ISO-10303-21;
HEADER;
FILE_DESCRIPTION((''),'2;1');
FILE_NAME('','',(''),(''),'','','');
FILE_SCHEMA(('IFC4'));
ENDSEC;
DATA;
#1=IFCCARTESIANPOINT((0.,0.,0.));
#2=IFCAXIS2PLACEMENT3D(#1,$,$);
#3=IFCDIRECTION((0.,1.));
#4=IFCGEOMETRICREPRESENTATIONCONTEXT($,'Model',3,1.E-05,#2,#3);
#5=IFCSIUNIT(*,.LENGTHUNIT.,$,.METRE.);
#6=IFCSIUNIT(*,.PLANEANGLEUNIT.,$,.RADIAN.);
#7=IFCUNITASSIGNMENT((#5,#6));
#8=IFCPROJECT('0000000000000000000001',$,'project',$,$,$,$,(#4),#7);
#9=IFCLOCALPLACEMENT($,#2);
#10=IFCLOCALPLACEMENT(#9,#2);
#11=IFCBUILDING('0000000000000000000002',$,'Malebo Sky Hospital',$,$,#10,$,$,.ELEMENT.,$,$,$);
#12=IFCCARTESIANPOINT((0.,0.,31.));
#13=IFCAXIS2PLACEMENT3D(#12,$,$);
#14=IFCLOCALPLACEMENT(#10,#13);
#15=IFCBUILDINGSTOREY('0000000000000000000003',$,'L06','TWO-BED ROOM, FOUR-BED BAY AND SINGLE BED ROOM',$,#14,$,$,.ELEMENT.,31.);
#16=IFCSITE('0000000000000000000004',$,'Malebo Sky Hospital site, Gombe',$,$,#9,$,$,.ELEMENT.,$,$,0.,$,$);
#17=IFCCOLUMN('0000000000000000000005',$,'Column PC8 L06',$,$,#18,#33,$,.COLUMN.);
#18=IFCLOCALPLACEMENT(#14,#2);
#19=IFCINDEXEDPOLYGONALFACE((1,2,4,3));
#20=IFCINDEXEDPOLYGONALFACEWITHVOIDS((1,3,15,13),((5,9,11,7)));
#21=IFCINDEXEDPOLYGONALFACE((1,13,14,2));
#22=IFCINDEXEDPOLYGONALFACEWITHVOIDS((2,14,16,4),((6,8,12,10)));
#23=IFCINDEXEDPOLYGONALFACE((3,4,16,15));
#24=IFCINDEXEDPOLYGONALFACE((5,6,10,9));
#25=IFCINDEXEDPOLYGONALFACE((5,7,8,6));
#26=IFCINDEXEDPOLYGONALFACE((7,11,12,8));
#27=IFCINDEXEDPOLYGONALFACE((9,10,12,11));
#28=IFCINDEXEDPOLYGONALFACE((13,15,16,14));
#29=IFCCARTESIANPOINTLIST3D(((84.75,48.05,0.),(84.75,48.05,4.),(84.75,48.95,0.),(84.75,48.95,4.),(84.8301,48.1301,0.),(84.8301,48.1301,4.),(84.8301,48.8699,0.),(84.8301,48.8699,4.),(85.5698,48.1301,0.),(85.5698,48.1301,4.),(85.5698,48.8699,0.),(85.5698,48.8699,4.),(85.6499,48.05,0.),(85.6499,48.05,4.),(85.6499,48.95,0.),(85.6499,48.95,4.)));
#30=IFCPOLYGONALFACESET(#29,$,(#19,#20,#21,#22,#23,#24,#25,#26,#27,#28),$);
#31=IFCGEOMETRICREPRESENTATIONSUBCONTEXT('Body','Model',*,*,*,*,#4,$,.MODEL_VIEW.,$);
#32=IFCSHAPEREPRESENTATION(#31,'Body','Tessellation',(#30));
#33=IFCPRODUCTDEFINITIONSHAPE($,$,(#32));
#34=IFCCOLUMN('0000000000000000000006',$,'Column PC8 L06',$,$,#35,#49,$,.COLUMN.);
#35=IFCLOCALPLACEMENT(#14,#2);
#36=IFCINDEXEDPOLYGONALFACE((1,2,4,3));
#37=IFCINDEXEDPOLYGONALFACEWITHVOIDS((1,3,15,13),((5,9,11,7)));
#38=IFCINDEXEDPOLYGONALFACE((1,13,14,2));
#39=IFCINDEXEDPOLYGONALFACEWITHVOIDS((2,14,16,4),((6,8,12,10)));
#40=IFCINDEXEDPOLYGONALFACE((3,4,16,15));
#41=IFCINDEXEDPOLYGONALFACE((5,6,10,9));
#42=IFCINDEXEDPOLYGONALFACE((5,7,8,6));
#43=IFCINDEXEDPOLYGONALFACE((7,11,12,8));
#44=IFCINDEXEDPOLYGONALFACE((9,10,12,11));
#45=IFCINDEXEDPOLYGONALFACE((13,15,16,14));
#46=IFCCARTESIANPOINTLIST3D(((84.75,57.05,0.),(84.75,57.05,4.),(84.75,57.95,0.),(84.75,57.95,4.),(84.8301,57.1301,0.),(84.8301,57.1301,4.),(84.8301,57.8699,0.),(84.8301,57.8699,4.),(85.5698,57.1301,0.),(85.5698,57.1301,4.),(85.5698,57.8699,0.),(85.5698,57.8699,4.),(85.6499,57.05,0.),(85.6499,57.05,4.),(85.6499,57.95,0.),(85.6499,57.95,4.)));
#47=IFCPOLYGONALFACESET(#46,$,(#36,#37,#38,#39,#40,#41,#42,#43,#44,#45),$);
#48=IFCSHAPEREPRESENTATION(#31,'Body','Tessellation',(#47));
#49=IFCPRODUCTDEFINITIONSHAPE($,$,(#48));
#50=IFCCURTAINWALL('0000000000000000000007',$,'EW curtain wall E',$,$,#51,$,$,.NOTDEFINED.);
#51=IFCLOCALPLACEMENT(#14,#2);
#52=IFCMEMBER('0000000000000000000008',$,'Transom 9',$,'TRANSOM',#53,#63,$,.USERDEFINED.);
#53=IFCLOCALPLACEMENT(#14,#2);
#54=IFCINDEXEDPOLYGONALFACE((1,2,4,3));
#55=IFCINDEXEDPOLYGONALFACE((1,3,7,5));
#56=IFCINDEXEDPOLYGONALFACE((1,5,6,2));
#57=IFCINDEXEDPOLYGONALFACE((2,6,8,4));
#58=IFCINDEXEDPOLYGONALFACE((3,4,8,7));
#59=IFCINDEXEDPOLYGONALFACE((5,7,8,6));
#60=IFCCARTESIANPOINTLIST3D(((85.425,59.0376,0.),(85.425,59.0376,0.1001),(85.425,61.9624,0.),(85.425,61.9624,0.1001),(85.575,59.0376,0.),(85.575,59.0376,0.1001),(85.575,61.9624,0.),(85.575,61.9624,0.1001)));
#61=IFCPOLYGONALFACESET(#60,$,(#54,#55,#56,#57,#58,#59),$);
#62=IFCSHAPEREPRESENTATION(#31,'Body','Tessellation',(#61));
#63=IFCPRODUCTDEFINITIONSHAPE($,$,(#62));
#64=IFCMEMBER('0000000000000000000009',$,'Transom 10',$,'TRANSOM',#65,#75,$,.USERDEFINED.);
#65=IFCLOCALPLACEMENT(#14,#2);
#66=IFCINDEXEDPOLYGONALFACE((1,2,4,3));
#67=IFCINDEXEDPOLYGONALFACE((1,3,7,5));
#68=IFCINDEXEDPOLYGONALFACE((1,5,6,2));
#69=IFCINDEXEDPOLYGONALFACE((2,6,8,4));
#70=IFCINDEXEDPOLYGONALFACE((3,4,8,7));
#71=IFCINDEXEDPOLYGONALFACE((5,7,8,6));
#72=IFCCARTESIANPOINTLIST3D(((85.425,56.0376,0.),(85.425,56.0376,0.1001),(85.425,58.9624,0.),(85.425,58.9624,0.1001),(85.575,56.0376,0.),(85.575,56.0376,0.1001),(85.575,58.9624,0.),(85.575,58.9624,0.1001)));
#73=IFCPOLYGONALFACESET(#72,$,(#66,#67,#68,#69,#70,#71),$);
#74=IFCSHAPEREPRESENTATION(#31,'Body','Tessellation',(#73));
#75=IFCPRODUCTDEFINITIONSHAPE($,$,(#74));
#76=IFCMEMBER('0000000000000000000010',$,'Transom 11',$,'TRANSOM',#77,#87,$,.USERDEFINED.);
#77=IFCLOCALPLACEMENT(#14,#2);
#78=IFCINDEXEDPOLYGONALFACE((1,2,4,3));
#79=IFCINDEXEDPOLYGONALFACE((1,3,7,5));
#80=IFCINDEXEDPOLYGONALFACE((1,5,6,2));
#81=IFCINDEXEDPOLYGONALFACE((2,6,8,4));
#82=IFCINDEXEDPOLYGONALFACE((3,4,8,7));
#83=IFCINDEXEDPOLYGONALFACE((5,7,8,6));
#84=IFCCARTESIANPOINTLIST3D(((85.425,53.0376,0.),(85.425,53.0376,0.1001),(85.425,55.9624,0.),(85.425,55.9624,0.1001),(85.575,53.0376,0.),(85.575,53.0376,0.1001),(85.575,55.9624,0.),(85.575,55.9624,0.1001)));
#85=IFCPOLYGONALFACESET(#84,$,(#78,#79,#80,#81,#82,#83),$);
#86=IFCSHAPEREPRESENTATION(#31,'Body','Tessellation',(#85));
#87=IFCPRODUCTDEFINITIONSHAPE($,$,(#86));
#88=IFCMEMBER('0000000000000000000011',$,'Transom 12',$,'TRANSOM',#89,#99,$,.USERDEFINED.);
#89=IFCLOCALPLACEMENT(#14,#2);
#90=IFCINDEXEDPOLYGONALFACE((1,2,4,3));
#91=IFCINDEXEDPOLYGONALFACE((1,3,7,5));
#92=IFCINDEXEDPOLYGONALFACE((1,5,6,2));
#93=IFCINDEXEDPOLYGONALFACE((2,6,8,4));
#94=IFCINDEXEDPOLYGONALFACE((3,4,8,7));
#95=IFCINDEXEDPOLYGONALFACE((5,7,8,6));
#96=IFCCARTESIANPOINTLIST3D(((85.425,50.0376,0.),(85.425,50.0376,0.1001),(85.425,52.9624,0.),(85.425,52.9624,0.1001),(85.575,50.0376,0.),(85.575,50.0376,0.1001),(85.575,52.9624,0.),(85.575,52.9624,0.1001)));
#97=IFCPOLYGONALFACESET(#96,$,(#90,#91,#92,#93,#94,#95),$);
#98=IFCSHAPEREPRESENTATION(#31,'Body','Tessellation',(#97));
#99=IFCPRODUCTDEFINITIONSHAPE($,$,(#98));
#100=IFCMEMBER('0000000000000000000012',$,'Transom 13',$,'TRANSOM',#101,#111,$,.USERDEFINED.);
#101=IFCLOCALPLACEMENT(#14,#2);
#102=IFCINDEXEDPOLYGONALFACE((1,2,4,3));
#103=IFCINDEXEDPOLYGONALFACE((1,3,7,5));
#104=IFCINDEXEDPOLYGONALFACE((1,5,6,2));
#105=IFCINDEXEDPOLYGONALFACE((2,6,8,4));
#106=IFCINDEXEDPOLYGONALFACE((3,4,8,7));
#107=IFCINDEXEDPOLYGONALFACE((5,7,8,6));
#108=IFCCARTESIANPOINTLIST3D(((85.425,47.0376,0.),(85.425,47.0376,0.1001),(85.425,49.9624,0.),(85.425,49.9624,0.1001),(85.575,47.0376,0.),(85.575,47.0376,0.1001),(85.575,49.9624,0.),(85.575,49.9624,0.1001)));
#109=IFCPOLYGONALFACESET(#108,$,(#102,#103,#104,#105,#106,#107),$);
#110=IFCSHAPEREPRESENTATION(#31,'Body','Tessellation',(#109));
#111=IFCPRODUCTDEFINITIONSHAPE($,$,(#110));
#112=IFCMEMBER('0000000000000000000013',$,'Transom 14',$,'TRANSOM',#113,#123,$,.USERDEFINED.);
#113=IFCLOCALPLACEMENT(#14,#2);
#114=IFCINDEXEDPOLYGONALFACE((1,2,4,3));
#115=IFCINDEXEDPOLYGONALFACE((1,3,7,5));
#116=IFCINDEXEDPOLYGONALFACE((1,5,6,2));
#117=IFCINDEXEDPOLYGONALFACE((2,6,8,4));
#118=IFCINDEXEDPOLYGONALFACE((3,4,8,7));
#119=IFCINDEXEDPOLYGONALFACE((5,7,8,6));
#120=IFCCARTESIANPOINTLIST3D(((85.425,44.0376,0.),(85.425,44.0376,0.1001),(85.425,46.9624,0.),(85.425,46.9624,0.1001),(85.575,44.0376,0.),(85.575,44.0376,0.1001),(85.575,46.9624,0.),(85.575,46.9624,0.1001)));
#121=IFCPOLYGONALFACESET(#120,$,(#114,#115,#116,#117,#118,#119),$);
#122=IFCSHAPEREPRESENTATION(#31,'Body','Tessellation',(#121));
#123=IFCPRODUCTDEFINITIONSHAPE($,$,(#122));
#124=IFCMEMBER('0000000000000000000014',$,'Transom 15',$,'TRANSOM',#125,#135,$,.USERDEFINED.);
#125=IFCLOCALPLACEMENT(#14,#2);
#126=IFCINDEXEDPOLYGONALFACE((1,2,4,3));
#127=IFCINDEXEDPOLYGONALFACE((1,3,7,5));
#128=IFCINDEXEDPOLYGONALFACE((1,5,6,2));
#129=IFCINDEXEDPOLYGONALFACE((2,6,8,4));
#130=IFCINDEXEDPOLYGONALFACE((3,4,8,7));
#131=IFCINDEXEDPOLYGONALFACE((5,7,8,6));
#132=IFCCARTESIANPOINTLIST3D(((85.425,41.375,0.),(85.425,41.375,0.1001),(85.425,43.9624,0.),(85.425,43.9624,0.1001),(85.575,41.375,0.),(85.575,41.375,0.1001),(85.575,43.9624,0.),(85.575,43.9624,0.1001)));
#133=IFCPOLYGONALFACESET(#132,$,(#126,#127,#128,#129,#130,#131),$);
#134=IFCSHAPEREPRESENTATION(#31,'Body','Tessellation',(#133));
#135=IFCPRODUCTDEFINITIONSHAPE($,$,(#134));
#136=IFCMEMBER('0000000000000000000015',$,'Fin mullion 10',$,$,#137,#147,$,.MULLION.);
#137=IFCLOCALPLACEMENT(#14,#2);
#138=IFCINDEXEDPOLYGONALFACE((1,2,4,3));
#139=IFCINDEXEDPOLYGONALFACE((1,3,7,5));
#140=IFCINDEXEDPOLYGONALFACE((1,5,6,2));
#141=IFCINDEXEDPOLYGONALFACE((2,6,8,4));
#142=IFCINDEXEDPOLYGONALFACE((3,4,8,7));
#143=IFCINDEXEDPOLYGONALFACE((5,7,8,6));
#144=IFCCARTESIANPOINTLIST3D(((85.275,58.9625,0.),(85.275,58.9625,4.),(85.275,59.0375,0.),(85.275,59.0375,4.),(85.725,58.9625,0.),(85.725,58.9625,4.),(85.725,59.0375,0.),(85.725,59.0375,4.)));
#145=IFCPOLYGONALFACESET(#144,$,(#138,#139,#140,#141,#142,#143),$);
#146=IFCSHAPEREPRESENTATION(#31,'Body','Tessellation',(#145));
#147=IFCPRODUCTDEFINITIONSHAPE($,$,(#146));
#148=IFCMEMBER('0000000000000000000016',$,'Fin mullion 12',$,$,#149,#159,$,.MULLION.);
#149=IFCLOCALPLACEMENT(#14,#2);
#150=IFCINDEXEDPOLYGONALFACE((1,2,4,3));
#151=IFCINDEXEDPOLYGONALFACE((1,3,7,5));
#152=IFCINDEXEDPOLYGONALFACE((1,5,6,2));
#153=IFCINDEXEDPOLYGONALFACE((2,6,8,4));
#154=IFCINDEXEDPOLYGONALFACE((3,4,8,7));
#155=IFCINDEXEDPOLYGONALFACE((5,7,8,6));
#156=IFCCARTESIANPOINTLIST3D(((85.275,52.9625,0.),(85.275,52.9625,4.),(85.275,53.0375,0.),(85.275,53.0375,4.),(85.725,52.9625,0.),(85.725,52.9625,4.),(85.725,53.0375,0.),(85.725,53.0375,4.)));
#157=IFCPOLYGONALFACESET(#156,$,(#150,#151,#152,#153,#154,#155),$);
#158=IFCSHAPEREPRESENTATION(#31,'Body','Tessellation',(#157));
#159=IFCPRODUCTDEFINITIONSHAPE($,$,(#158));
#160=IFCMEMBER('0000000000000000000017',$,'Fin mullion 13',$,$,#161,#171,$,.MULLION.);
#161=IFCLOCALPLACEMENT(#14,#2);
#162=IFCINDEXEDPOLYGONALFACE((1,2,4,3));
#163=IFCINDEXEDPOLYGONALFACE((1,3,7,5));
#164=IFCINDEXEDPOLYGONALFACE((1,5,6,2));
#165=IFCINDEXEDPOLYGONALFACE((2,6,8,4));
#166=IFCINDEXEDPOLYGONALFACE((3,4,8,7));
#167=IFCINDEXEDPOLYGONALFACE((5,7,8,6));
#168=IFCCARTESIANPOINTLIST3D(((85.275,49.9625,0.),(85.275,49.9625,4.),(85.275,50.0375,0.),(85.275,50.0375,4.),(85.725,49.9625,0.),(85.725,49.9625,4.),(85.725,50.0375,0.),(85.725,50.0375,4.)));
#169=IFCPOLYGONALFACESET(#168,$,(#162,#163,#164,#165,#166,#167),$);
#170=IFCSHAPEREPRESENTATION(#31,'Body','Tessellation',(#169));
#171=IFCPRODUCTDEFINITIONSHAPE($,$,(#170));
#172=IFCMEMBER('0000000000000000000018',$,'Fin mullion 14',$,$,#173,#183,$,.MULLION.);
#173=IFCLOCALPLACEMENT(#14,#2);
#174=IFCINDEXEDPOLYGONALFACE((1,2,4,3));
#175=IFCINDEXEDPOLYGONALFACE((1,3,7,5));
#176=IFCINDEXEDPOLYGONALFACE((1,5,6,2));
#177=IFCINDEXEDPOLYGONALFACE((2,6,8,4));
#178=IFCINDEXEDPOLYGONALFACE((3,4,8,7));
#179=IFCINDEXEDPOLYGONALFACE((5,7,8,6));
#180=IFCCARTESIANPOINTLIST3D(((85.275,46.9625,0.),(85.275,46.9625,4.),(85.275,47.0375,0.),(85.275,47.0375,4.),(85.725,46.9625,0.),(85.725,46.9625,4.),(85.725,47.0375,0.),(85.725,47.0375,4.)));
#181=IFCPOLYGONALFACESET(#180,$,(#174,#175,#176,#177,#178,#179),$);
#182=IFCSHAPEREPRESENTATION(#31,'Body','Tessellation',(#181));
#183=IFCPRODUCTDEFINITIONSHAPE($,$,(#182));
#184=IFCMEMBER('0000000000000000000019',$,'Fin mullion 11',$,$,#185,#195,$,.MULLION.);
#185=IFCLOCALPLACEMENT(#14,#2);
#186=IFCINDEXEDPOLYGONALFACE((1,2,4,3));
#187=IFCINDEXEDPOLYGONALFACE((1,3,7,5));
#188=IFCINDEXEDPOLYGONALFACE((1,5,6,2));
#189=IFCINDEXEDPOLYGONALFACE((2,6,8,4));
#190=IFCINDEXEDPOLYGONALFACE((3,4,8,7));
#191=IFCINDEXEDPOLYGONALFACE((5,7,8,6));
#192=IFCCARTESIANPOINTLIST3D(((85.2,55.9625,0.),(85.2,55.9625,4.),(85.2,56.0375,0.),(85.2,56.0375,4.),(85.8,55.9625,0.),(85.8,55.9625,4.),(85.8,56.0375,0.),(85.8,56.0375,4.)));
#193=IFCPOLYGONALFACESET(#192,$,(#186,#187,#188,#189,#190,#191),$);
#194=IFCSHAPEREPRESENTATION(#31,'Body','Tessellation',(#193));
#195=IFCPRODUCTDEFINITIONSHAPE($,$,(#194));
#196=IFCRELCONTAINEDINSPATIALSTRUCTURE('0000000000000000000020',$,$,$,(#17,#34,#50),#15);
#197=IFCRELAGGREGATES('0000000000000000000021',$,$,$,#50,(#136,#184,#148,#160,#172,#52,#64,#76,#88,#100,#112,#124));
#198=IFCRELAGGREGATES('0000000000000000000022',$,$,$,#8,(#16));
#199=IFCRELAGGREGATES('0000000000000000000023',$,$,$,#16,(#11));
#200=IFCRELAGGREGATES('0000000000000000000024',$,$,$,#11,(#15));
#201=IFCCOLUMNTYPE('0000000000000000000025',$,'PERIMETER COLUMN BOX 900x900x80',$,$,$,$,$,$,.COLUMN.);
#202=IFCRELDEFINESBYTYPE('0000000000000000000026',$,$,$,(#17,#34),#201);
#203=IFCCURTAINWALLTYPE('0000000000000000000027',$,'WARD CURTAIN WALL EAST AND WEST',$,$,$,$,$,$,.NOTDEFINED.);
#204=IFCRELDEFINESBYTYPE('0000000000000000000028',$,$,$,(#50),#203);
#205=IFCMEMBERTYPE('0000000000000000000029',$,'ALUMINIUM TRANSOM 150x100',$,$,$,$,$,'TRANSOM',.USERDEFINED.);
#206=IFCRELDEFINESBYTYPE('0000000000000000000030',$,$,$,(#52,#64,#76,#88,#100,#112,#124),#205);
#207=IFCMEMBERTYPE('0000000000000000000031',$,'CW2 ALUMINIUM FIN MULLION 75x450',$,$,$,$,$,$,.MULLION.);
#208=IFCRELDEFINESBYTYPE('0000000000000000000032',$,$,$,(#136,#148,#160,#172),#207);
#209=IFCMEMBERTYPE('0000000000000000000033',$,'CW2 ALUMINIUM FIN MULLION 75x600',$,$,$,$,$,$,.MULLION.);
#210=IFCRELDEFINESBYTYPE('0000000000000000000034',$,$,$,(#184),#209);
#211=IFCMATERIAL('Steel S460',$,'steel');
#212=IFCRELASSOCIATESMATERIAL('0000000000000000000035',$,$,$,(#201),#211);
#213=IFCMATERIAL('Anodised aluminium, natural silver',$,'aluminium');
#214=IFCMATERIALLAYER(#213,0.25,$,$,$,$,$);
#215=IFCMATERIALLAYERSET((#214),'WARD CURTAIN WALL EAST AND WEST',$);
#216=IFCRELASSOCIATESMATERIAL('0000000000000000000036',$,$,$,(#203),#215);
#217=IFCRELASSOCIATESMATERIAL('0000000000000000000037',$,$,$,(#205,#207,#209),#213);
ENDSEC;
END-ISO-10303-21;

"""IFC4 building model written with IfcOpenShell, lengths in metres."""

from ifc_helpers import new_model, si_unit, direction, frame, origin, origin_2d, place, context, subcontext, project, spatial, rectangle, hollow_rectangle, extrude, material, layer, layer_set, material_profile, profile_set, type_object, element, aggregate, save


model = new_model("IFC4")

# Units and contexts
model_context = context("Model", 3, precision=1e-05, world=origin(), true_north=direction((0.0, 1.0)))
body_context = subcontext(model_context, "Body", "Model", "MODEL_VIEW")
ifc_project = project(units=[si_unit("LENGTHUNIT", "METRE"), si_unit("PLANEANGLEUNIT", "RADIAN")], contexts=[model_context])

# Site, building, storey
site_placement = place(None, origin())
site = spatial("IfcSite", under=ifc_project, at=site_placement, Name="Malebo Sky Hospital site, Gombe", CompositionType="ELEMENT", RefElevation=0.0)
building_placement = place(site_placement, origin())
building = spatial("IfcBuilding", under=site, at=building_placement, Name="Malebo Sky Hospital", CompositionType="ELEMENT")
storey_placement = place(building_placement, frame((0.0, 0.0, 31.0)))
storey = spatial("IfcBuildingStorey", under=building, at=storey_placement, Name="L06", Description="TWO-BED ROOM, FOUR-BED BAY AND SINGLE BED ROOM", CompositionType="ELEMENT", Elevation=31.0)

# Columns
ifc_material_1 = material(Name="Steel S460", Category="steel")
ifc_material_profile_1 = material_profile(ifc_material_1, hollow_rectangle(XDim=0.8999, YDim=0.8999, WallThickness=0.0801, at=origin_2d()), Name="BOX 900x900x80")
ifc_profile_set_1 = profile_set([ifc_material_profile_1], Name="Steel S460")
column_type = type_object("IfcColumnType", Name="PERIMETER COLUMN BOX 900x900x80", PredefinedType="COLUMN", material=ifc_profile_set_1)
for number, where, z_axis, x_axis, name in (
    (1, (85.2, 48.5, 0.0), (0.0, 0.0, 1.0), (1.0, 0.0, 0.0), "Column PC8 L06"),
    (2, (85.2, 57.5, 0.0), (0.0, 0.0, 1.0), (1.0, 0.0, 0.0), "Column PC8 L06"),
):
    element("IfcColumn", number, at=place(storey_placement, frame(where, z_axis=z_axis, x_axis=x_axis)), inside=storey, type_object=column_type, Name=name, PredefinedType="COLUMN", context=body_context, shape_type="SweptSolid", body=[
        extrude(hollow_rectangle(XDim=0.8999, YDim=0.8999, WallThickness=0.0801, at=origin_2d()), origin(), (0.0, 0.0, 1.0), 4.0),
    ])

# Curtain wall, members
ifc_material_2 = material(Name="Anodised aluminium, natural silver", Category="aluminium")
ifc_layer_1 = layer(ifc_material_2, 0.25)
ifc_layer_set_1 = layer_set([ifc_layer_1], Name="WARD CURTAIN WALL EAST AND WEST")
curtain_wall_type = type_object("IfcCurtainWallType", Name="WARD CURTAIN WALL EAST AND WEST", PredefinedType="NOTDEFINED", material=ifc_layer_set_1)
curtain_wall_placement = place(storey_placement, origin())
curtain_wall = element("IfcCurtainWall", 3, at=curtain_wall_placement, inside=storey, type_object=curtain_wall_type, Name="EW curtain wall E", PredefinedType="NOTDEFINED")
ifc_material_profile_2 = material_profile(ifc_material_2, rectangle(XDim=0.1499, YDim=0.1001, at=origin_2d()), Name="ALUMINIUM TRANSOM 150x100")
ifc_profile_set_2 = profile_set([ifc_material_profile_2], Name="Anodised aluminium, natural silver")
member_type_1 = type_object("IfcMemberType", Name="ALUMINIUM TRANSOM 150x100", ElementType="TRANSOM", PredefinedType="USERDEFINED", material=ifc_profile_set_2)
member_1_placement = place(storey_placement, frame((85.5, 61.9624, 0.05), z_axis=(0.0, -1.0, 0.0), x_axis=(1.0, 0.0, 0.0)))
member_1 = element("IfcMember", 4, at=member_1_placement, type_object=member_type_1, Name="Transom 9", ObjectType="TRANSOM", PredefinedType="USERDEFINED", context=body_context, shape_type="SweptSolid", body=[
    extrude(rectangle(XDim=0.1499, YDim=0.1001, at=origin_2d()), origin(), (0.0, 0.0, 1.0), 2.9248),
])
member_2_placement = place(storey_placement, frame((85.5, 58.9624, 0.05), z_axis=(0.0, -1.0, 0.0), x_axis=(1.0, 0.0, 0.0)))
member_2 = element("IfcMember", 5, at=member_2_placement, type_object=member_type_1, Name="Transom 10", ObjectType="TRANSOM", PredefinedType="USERDEFINED", context=body_context, shape_type="SweptSolid", body=[
    extrude(rectangle(XDim=0.1499, YDim=0.1001, at=origin_2d()), origin(), (0.0, 0.0, 1.0), 2.9248),
])
member_3_placement = place(storey_placement, frame((85.5, 55.9624, 0.05), z_axis=(0.0, -1.0, 0.0), x_axis=(1.0, 0.0, 0.0)))
member_3 = element("IfcMember", 6, at=member_3_placement, type_object=member_type_1, Name="Transom 11", ObjectType="TRANSOM", PredefinedType="USERDEFINED", context=body_context, shape_type="SweptSolid", body=[
    extrude(rectangle(XDim=0.1499, YDim=0.1001, at=origin_2d()), origin(), (0.0, 0.0, 1.0), 2.9248),
])
member_4_placement = place(storey_placement, frame((85.5, 52.9624, 0.05), z_axis=(0.0, -1.0, 0.0), x_axis=(1.0, 0.0, 0.0)))
member_4 = element("IfcMember", 7, at=member_4_placement, type_object=member_type_1, Name="Transom 12", ObjectType="TRANSOM", PredefinedType="USERDEFINED", context=body_context, shape_type="SweptSolid", body=[
    extrude(rectangle(XDim=0.1499, YDim=0.1001, at=origin_2d()), origin(), (0.0, 0.0, 1.0), 2.9248),
])
member_5_placement = place(storey_placement, frame((85.5, 49.9624, 0.05), z_axis=(0.0, -1.0, 0.0), x_axis=(1.0, 0.0, 0.0)))
member_5 = element("IfcMember", 8, at=member_5_placement, type_object=member_type_1, Name="Transom 13", ObjectType="TRANSOM", PredefinedType="USERDEFINED", context=body_context, shape_type="SweptSolid", body=[
    extrude(rectangle(XDim=0.1499, YDim=0.1001, at=origin_2d()), origin(), (0.0, 0.0, 1.0), 2.9248),
])
member_6_placement = place(storey_placement, frame((85.5, 46.9624, 0.05), z_axis=(0.0, -1.0, 0.0), x_axis=(1.0, 0.0, 0.0)))
member_6 = element("IfcMember", 9, at=member_6_placement, type_object=member_type_1, Name="Transom 14", ObjectType="TRANSOM", PredefinedType="USERDEFINED", context=body_context, shape_type="SweptSolid", body=[
    extrude(rectangle(XDim=0.1499, YDim=0.1001, at=origin_2d()), origin(), (0.0, 0.0, 1.0), 2.9248),
])
member_7_placement = place(storey_placement, frame((85.5, 43.9624, 0.05), z_axis=(0.0, -1.0, 0.0), x_axis=(1.0, 0.0, 0.0)))
member_7 = element("IfcMember", 10, at=member_7_placement, type_object=member_type_1, Name="Transom 15", ObjectType="TRANSOM", PredefinedType="USERDEFINED", context=body_context, shape_type="SweptSolid", body=[
    extrude(rectangle(XDim=0.1499, YDim=0.1001, at=origin_2d()), origin(), (0.0, 0.0, 1.0), 2.5874),
])
ifc_material_profile_3 = material_profile(ifc_material_2, rectangle(XDim=0.075, YDim=0.45, at=origin_2d()), Name="CW2 ALUMINIUM FIN MULLION 75x450")
ifc_profile_set_3 = profile_set([ifc_material_profile_3], Name="Anodised aluminium, natural silver")
member_type_2 = type_object("IfcMemberType", Name="CW2 ALUMINIUM FIN MULLION 75x450", PredefinedType="MULLION", material=ifc_profile_set_3)
member_8_placement = place(storey_placement, frame((85.5, 59.0, 0.0), z_axis=(0.0, 0.0, 1.0), x_axis=(0.0, -1.0, 0.0)))
member_8 = element("IfcMember", 11, at=member_8_placement, type_object=member_type_2, Name="Fin mullion 10", PredefinedType="MULLION", context=body_context, shape_type="SweptSolid", body=[
    extrude(rectangle(XDim=0.075, YDim=0.45, at=origin_2d()), origin(), (0.0, 0.0, 1.0), 4.0),
])
member_9_placement = place(storey_placement, frame((85.5, 53.0, 0.0), z_axis=(0.0, 0.0, 1.0), x_axis=(0.0, -1.0, 0.0)))
member_9 = element("IfcMember", 12, at=member_9_placement, type_object=member_type_2, Name="Fin mullion 12", PredefinedType="MULLION", context=body_context, shape_type="SweptSolid", body=[
    extrude(rectangle(XDim=0.075, YDim=0.45, at=origin_2d()), origin(), (0.0, 0.0, 1.0), 4.0),
])
member_10_placement = place(storey_placement, frame((85.5, 50.0, 0.0), z_axis=(0.0, 0.0, 1.0), x_axis=(0.0, -1.0, 0.0)))
member_10 = element("IfcMember", 13, at=member_10_placement, type_object=member_type_2, Name="Fin mullion 13", PredefinedType="MULLION", context=body_context, shape_type="SweptSolid", body=[
    extrude(rectangle(XDim=0.075, YDim=0.45, at=origin_2d()), origin(), (0.0, 0.0, 1.0), 4.0),
])
member_11_placement = place(storey_placement, frame((85.5, 47.0, 0.0), z_axis=(0.0, 0.0, 1.0), x_axis=(0.0, -1.0, 0.0)))
member_11 = element("IfcMember", 14, at=member_11_placement, type_object=member_type_2, Name="Fin mullion 14", PredefinedType="MULLION", context=body_context, shape_type="SweptSolid", body=[
    extrude(rectangle(XDim=0.075, YDim=0.45, at=origin_2d()), origin(), (0.0, 0.0, 1.0), 4.0),
])
ifc_material_profile_4 = material_profile(ifc_material_2, rectangle(XDim=0.075, YDim=0.6001, at=origin_2d()), Name="CW2 ALUMINIUM FIN MULLION 75x600")
ifc_profile_set_4 = profile_set([ifc_material_profile_4], Name="Anodised aluminium, natural silver")
member_type_3 = type_object("IfcMemberType", Name="CW2 ALUMINIUM FIN MULLION 75x600", PredefinedType="MULLION", material=ifc_profile_set_4)
member_12_placement = place(storey_placement, frame((85.5, 56.0, 0.0), z_axis=(0.0, 0.0, 1.0), x_axis=(0.0, -1.0, 0.0)))
member_12 = element("IfcMember", 15, at=member_12_placement, type_object=member_type_3, Name="Fin mullion 11", PredefinedType="MULLION", context=body_context, shape_type="SweptSolid", body=[
    extrude(rectangle(XDim=0.075, YDim=0.6001, at=origin_2d()), origin(), (0.0, 0.0, 1.0), 4.0),
])

aggregate(curtain_wall, [member_8, member_12, member_9, member_10, member_11, member_1, member_2, member_3, member_4, member_5, member_6, member_7])

save(model, "model.ifc")
